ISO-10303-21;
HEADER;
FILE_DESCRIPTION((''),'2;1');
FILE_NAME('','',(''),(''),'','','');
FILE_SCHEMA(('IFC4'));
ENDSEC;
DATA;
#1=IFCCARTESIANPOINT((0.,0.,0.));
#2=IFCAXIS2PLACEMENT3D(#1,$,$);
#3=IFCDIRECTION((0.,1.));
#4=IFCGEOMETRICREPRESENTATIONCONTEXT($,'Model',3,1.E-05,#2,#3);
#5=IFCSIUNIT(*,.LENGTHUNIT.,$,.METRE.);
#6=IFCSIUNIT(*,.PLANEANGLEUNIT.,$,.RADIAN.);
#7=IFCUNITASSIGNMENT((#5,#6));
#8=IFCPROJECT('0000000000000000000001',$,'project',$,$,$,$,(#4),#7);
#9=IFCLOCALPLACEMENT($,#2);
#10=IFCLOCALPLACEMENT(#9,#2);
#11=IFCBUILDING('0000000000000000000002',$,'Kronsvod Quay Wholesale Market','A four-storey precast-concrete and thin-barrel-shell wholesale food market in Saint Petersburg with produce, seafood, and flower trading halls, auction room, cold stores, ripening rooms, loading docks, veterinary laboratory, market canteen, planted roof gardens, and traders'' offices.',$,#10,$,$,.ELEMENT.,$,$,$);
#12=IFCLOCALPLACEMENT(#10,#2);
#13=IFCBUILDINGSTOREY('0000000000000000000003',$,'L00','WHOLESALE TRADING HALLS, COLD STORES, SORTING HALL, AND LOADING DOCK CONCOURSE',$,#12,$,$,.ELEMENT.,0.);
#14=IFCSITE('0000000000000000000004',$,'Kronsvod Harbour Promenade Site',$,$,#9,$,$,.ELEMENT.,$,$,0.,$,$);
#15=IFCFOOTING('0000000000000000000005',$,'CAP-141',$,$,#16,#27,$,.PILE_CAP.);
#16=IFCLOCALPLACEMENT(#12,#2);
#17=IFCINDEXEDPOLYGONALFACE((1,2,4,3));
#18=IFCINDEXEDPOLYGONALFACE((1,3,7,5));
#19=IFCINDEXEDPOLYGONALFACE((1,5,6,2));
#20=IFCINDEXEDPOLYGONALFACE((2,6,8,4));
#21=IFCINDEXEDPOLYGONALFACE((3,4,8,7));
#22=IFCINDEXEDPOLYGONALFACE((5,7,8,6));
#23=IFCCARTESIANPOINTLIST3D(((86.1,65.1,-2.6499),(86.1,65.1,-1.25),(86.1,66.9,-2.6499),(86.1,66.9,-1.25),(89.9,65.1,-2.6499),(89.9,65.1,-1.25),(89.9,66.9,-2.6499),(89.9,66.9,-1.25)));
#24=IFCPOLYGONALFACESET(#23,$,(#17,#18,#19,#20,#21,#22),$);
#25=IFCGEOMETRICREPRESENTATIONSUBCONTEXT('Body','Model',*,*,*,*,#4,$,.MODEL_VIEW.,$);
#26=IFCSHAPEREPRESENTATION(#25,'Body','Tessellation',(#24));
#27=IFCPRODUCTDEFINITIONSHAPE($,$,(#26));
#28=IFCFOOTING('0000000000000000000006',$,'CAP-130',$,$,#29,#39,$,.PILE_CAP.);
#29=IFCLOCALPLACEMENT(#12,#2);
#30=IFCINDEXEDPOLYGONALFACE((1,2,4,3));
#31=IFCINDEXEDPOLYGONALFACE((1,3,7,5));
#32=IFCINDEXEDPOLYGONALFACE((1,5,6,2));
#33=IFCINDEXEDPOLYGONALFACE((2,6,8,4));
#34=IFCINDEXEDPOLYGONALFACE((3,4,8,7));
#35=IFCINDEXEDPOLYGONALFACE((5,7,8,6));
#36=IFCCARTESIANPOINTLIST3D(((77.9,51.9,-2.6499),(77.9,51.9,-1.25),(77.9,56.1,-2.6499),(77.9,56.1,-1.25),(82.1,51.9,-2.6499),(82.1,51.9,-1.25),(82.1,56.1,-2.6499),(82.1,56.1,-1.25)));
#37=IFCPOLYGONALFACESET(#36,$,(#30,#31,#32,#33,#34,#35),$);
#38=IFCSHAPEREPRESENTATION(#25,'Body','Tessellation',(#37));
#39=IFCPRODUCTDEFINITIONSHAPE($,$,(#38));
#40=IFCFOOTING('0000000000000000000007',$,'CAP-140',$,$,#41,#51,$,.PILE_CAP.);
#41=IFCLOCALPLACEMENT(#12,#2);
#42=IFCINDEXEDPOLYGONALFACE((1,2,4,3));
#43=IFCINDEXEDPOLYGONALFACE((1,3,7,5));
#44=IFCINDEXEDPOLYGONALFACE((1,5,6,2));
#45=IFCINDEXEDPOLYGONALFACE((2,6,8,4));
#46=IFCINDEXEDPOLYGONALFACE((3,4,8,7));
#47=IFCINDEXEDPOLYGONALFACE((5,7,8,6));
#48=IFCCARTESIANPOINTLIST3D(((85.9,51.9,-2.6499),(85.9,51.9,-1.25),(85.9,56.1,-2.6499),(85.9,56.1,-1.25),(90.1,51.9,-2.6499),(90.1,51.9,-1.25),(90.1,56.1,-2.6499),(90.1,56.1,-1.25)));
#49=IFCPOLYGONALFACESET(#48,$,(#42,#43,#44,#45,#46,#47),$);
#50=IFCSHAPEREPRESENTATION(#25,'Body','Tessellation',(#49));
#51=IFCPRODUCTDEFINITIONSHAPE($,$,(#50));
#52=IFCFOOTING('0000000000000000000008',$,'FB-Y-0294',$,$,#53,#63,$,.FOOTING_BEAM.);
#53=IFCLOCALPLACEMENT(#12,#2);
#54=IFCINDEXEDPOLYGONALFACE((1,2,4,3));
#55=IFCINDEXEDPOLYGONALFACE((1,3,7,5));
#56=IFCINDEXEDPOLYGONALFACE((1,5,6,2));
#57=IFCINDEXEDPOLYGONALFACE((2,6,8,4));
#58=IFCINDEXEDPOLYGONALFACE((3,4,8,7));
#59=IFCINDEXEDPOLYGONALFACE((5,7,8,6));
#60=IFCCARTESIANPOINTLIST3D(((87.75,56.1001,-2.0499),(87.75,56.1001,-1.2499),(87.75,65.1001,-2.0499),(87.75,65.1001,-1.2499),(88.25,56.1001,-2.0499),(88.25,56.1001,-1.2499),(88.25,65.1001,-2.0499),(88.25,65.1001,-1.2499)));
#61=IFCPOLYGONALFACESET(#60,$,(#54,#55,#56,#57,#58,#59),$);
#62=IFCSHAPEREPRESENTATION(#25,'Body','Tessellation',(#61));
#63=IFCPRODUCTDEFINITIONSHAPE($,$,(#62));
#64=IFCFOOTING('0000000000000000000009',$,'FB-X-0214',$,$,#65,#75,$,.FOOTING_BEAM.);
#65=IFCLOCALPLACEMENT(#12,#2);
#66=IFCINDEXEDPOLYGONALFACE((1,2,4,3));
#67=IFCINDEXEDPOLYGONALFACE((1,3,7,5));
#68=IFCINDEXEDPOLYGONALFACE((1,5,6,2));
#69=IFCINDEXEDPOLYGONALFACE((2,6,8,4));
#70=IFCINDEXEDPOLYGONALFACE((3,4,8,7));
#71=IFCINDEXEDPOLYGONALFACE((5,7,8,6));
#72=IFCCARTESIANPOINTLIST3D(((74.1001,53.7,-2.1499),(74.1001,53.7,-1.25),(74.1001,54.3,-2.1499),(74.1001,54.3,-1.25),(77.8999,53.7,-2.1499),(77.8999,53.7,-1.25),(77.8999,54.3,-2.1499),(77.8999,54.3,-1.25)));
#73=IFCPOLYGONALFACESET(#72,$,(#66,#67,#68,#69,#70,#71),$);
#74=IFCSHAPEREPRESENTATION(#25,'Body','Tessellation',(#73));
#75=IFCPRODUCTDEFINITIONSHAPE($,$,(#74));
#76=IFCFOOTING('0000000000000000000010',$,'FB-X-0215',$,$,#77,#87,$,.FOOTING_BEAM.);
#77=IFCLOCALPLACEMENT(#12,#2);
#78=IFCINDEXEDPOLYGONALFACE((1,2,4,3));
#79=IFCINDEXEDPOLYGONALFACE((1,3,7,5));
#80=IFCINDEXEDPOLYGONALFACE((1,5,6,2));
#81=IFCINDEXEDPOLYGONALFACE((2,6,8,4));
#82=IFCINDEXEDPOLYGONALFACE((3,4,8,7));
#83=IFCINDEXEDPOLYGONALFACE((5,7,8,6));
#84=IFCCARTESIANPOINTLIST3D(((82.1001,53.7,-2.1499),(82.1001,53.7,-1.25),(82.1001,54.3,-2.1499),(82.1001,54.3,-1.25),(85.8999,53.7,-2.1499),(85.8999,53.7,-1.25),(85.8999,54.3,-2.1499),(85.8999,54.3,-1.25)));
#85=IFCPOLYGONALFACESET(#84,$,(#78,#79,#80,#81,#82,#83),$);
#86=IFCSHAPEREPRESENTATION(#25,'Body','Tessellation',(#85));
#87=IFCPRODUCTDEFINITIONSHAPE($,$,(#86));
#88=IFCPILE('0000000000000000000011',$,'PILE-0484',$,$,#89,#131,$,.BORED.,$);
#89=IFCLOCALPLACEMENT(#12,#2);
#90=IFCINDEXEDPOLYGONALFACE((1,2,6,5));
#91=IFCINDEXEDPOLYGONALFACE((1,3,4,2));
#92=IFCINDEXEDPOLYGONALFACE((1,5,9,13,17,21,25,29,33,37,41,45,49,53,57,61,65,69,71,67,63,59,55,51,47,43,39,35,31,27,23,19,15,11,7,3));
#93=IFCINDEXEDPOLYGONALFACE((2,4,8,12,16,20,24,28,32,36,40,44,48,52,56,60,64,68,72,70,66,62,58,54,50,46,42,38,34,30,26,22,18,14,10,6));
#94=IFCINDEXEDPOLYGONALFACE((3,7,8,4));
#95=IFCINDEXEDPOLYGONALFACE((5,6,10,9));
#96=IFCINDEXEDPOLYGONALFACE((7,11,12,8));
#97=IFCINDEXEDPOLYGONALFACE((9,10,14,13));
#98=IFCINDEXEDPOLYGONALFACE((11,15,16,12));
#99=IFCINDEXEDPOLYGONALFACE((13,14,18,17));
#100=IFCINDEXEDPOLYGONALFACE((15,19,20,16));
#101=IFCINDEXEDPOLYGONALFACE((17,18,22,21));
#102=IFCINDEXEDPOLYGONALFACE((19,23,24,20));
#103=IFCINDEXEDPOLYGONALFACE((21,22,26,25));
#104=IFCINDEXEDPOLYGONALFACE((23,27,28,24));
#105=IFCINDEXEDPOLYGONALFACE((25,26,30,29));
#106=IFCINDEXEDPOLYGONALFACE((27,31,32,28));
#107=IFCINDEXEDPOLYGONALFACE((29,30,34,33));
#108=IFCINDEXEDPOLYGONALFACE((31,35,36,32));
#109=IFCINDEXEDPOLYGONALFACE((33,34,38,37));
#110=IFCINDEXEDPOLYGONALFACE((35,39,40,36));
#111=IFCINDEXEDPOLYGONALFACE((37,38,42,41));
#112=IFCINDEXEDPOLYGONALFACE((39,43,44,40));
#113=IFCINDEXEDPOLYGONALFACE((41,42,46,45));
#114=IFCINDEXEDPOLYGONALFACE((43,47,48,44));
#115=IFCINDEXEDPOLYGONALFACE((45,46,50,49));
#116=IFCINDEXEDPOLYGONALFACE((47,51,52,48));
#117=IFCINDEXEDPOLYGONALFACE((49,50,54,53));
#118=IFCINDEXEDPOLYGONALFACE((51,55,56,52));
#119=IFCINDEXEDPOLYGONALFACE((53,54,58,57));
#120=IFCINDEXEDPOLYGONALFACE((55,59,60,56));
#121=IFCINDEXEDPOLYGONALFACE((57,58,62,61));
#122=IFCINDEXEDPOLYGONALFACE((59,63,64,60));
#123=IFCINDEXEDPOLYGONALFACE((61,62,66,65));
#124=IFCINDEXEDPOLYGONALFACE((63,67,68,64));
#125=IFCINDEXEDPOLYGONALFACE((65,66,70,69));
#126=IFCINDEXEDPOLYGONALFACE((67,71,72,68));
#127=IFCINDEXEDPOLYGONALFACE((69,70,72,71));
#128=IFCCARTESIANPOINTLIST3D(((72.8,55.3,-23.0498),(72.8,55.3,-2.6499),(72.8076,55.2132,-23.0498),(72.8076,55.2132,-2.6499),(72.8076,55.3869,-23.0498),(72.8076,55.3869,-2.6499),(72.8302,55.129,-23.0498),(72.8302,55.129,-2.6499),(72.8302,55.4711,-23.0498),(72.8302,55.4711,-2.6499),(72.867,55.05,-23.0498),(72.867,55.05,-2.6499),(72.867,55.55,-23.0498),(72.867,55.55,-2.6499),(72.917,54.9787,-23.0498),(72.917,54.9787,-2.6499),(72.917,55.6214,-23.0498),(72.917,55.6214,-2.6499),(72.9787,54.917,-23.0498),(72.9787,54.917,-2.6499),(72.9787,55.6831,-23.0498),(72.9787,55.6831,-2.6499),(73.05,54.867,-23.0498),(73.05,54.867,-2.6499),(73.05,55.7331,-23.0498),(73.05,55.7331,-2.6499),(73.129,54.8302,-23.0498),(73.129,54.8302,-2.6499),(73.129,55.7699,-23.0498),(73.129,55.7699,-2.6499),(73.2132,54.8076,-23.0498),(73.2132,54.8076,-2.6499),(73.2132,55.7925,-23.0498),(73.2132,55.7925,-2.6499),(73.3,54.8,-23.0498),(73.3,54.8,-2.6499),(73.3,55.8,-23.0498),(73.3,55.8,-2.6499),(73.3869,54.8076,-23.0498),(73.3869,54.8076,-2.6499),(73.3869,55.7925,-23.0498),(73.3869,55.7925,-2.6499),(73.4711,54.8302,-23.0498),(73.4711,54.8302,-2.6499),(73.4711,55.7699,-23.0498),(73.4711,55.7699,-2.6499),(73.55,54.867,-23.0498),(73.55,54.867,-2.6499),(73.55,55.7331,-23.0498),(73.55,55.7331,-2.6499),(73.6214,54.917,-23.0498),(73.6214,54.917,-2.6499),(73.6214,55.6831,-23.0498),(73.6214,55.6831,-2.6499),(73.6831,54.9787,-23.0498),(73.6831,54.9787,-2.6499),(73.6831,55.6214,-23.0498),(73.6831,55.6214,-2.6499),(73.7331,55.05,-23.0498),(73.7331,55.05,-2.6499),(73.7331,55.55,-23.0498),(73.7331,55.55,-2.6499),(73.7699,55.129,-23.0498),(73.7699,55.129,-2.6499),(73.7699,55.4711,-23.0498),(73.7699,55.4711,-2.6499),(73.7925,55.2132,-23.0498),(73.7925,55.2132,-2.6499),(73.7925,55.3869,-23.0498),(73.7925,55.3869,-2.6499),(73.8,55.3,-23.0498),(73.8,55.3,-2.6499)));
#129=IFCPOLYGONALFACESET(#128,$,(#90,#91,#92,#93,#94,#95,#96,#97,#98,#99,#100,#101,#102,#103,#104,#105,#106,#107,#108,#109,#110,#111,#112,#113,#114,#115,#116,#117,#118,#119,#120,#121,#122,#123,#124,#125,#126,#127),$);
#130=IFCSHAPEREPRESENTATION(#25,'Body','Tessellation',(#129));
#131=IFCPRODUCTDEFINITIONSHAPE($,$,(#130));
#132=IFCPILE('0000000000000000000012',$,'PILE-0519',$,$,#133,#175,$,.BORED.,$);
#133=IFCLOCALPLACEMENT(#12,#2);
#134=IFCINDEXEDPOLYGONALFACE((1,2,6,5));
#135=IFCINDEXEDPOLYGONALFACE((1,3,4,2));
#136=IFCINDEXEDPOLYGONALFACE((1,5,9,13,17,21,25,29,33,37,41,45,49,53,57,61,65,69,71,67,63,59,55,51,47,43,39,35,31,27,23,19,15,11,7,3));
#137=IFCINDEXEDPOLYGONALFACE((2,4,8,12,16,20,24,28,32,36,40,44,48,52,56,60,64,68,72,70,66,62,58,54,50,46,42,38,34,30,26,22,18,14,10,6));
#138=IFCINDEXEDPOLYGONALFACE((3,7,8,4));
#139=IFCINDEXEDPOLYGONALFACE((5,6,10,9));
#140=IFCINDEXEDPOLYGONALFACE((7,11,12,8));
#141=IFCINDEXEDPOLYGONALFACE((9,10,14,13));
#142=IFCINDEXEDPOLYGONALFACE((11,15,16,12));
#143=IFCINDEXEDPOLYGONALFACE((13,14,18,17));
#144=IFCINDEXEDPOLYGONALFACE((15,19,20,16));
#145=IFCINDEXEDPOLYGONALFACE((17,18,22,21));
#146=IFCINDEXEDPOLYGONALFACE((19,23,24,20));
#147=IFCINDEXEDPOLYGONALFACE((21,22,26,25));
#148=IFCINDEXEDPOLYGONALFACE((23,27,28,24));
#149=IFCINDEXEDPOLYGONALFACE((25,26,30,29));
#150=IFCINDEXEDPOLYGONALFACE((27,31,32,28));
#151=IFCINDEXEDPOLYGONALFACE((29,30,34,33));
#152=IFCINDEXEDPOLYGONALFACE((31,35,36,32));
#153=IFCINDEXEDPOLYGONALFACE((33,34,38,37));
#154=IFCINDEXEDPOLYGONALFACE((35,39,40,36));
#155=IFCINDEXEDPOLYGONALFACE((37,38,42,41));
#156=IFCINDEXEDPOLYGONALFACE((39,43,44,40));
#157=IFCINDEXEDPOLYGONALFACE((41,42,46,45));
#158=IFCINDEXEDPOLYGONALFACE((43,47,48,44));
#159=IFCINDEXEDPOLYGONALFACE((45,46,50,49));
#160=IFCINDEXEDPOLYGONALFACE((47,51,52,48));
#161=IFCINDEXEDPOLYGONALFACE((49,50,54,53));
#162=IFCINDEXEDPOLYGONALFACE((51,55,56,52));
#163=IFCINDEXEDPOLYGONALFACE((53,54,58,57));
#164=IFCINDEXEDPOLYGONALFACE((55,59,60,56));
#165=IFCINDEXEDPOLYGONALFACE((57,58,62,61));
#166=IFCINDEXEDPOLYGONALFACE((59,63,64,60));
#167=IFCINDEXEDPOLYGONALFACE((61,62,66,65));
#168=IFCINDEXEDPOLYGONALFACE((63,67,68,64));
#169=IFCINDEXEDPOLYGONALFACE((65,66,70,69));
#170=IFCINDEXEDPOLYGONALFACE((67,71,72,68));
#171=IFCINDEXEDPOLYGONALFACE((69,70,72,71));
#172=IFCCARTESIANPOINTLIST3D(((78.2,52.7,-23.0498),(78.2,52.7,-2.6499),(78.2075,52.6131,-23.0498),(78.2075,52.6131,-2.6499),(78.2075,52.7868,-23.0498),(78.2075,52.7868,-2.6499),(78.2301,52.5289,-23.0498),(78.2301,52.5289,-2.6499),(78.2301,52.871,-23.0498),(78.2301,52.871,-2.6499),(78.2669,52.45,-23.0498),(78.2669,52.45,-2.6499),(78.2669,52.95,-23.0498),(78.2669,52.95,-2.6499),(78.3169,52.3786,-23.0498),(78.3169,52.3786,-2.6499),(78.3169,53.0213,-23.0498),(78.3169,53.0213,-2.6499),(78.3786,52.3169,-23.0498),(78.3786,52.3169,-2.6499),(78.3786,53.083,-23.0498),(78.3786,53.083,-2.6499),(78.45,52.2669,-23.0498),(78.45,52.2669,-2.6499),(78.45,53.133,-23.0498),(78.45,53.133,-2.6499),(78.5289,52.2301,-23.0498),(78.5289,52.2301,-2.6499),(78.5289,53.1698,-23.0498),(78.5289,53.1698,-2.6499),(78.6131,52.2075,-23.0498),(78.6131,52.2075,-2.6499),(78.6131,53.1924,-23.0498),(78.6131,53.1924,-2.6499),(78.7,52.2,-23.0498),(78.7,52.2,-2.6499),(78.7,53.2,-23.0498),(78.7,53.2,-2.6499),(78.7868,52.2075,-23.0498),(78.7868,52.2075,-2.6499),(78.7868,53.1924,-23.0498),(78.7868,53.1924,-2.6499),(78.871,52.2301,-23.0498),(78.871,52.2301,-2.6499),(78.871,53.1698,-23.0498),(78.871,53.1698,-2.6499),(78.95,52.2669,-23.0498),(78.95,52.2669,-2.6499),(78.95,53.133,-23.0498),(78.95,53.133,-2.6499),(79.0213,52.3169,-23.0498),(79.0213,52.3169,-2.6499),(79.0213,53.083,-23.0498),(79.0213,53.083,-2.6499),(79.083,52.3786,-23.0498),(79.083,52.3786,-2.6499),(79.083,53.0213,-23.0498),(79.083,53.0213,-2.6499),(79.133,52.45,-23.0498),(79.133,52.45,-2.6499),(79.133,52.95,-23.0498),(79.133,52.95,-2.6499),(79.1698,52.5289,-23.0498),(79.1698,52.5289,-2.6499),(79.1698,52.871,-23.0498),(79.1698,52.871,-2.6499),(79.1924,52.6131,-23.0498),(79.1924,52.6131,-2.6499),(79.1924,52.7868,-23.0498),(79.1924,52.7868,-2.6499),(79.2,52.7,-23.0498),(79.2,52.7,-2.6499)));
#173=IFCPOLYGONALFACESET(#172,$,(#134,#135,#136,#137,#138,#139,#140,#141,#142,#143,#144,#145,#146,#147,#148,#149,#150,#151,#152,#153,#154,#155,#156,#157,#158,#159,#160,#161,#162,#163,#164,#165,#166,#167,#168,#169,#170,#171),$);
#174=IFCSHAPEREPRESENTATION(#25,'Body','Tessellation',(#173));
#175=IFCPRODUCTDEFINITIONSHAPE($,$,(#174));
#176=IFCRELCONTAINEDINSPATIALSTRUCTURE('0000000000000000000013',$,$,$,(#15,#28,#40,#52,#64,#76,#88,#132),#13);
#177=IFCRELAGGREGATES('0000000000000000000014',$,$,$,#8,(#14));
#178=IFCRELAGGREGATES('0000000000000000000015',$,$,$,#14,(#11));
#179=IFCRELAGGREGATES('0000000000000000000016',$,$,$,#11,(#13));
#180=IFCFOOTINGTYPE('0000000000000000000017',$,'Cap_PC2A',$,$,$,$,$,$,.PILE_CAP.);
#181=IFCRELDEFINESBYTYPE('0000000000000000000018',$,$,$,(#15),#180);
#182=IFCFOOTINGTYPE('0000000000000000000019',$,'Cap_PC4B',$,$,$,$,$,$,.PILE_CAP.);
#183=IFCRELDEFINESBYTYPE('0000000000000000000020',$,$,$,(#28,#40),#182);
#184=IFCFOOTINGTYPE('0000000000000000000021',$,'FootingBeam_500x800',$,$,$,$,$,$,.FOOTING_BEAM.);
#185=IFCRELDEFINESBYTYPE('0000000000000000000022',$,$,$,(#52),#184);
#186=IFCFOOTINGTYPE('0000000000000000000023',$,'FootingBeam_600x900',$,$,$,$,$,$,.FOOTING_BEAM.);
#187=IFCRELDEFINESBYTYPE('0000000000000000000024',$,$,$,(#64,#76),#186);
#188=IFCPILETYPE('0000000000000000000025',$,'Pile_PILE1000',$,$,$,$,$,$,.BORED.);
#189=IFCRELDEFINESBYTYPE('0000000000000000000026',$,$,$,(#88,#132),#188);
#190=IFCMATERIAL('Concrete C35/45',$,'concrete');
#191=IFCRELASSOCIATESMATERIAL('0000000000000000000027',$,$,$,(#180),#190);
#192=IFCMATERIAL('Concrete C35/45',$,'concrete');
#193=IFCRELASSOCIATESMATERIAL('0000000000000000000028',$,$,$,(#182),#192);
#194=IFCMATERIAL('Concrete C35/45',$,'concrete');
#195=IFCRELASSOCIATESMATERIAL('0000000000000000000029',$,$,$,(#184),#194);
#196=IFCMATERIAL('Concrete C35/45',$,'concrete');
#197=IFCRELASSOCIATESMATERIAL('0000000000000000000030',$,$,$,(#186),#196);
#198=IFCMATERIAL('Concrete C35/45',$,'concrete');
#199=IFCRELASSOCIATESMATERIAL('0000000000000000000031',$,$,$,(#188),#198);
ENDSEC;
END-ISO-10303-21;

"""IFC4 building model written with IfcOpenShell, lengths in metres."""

from ifc_helpers import new_model, si_unit, direction, frame, origin, origin_2d, place, context, subcontext, project, spatial, rectangle, circle, extrude, material, material_profile, profile_set, type_object, element, save


model = new_model("IFC4")

# Units and contexts
model_context = context("Model", 3, precision=1e-05, world=origin(), true_north=direction((0.0, 1.0)))
body_context = subcontext(model_context, "Body", "Model", "MODEL_VIEW")
ifc_project = project(units=[si_unit("LENGTHUNIT", "METRE"), si_unit("PLANEANGLEUNIT", "RADIAN")], contexts=[model_context])

# Site, building, storey
site_placement = place(None, origin())
site = spatial("IfcSite", under=ifc_project, at=site_placement, Name="Kronsvod Harbour Promenade Site", CompositionType="ELEMENT", RefElevation=0.0)
building_placement = place(site_placement, origin())
building = spatial("IfcBuilding", under=site, at=building_placement, Name="Kronsvod Quay Wholesale Market", Description="A four-storey precast-concrete and thin-barrel-shell wholesale food market in Saint Petersburg with produce, seafood, and flower trading halls, auction room, cold stores, ripening rooms, loading docks, veterinary laboratory, market canteen, planted roof gardens, and traders' offices.", CompositionType="ELEMENT")
storey_placement = place(building_placement, origin())
storey = spatial("IfcBuildingStorey", under=building, at=storey_placement, Name="L00", Description="WHOLESALE TRADING HALLS, COLD STORES, SORTING HALL, AND LOADING DOCK CONCOURSE", CompositionType="ELEMENT", Elevation=0.0)

# Footings
ifc_material_1 = material(Name="Concrete C35/45", Category="concrete")
footing_type_1 = type_object("IfcFootingType", Name="Cap_PC2A", PredefinedType="PILE_CAP", material=ifc_material_1)
footing_1_placement = place(storey_placement, frame((88.0, 66.0, -2.6499), z_axis=(0.0, 0.0, 1.0), x_axis=(1.0, 0.0, 0.0)))
element("IfcFooting", 1, at=footing_1_placement, inside=storey, type_object=footing_type_1, Name="CAP-141", PredefinedType="PILE_CAP", context=body_context, shape_type="SweptSolid", body=[
    extrude(rectangle(XDim=3.8, YDim=1.8, at=origin_2d()), origin(), (0.0, 0.0, 1.0), 1.3999),
])
ifc_material_2 = material(Name="Concrete C35/45", Category="concrete")
footing_type_2 = type_object("IfcFootingType", Name="Cap_PC4B", PredefinedType="PILE_CAP", material=ifc_material_2)
for number, where, z_axis, x_axis, name in (
    (2, (80.0, 54.0, -2.6499), (0.0, 0.0, 1.0), (1.0, 0.0, 0.0), "CAP-130"),
    (3, (88.0, 54.0, -2.6499), (0.0, 0.0, 1.0), (1.0, 0.0, 0.0), "CAP-140"),
):
    element("IfcFooting", number, at=place(storey_placement, frame(where, z_axis=z_axis, x_axis=x_axis)), inside=storey, type_object=footing_type_2, Name=name, PredefinedType="PILE_CAP", context=body_context, shape_type="SweptSolid", body=[
        extrude(rectangle(XDim=4.2, YDim=4.2, at=origin_2d()), origin(), (0.0, 0.0, 1.0), 1.3999),
    ])
ifc_material_3 = material(Name="Concrete C35/45", Category="concrete")
ifc_material_profile_1 = material_profile(ifc_material_3, rectangle(XDim=0.5, YDim=0.8, at=origin_2d()), Name="FB-01")
ifc_profile_set_1 = profile_set([ifc_material_profile_1], Name="Concrete C35/45")
footing_type_3 = type_object("IfcFootingType", Name="FootingBeam_500x800", PredefinedType="FOOTING_BEAM", material=ifc_profile_set_1)
footing_2_placement = place(storey_placement, frame((88.0, 56.1001, -1.6499), z_axis=(0.0, 1.0, 0.0), x_axis=(-1.0, 0.0, 0.0)))
element("IfcFooting", 4, at=footing_2_placement, inside=storey, type_object=footing_type_3, Name="FB-Y-0294", PredefinedType="FOOTING_BEAM", context=body_context, shape_type="SweptSolid", body=[
    extrude(rectangle(XDim=0.5, YDim=0.8, at=origin_2d()), origin(), (0.0, 0.0, 1.0), 9.0),
])
ifc_material_4 = material(Name="Concrete C35/45", Category="concrete")
ifc_material_profile_2 = material_profile(ifc_material_4, rectangle(XDim=0.6001, YDim=0.8999, at=origin_2d()), Name="FB-02")
ifc_profile_set_2 = profile_set([ifc_material_profile_2], Name="Concrete C35/45")
footing_type_4 = type_object("IfcFootingType", Name="FootingBeam_600x900", PredefinedType="FOOTING_BEAM", material=ifc_profile_set_2)
for number, where, z_axis, x_axis, name in (
    (5, (74.1001, 54.0, -1.7), (1.0, 0.0, 0.0), (0.0, 1.0, 0.0), "FB-X-0214"),
    (6, (82.1001, 54.0, -1.7), (1.0, 0.0, 0.0), (0.0, 1.0, 0.0), "FB-X-0215"),
):
    element("IfcFooting", number, at=place(storey_placement, frame(where, z_axis=z_axis, x_axis=x_axis)), inside=storey, type_object=footing_type_4, Name=name, PredefinedType="FOOTING_BEAM", context=body_context, shape_type="SweptSolid", body=[
        extrude(rectangle(XDim=0.6001, YDim=0.8999, at=origin_2d()), origin(), (0.0, 0.0, 1.0), 3.7998),
    ])

# Piles
ifc_material_5 = material(Name="Concrete C35/45", Category="concrete")
ifc_material_profile_3 = material_profile(ifc_material_5, circle(Radius=0.5, at=origin_2d()), Name="PILE1000")
ifc_profile_set_3 = profile_set([ifc_material_profile_3], Name="Concrete C35/45")
pile_type_1 = type_object("IfcPileType", Name="Pile_PILE1000", PredefinedType="BORED", material=ifc_profile_set_3)
for number, where, z_axis, x_axis, name in (
    (7, (73.3, 55.3, -2.6499), (0.0, 0.0, -1.0), (1.0, 0.0, 0.0), "PILE-0484"),
    (8, (78.7, 52.7, -2.6499), (0.0, 0.0, -1.0), (1.0, 0.0, 0.0), "PILE-0519"),
):
    element("IfcPile", number, at=place(storey_placement, frame(where, z_axis=z_axis, x_axis=x_axis)), inside=storey, type_object=pile_type_1, Name=name, PredefinedType="BORED", context=body_context, shape_type="SweptSolid", body=[
        extrude(circle(Radius=0.5, at=origin_2d()), origin(), (0.0, 0.0, 1.0), 20.3999),
    ])

save(model, "model.ifc")
